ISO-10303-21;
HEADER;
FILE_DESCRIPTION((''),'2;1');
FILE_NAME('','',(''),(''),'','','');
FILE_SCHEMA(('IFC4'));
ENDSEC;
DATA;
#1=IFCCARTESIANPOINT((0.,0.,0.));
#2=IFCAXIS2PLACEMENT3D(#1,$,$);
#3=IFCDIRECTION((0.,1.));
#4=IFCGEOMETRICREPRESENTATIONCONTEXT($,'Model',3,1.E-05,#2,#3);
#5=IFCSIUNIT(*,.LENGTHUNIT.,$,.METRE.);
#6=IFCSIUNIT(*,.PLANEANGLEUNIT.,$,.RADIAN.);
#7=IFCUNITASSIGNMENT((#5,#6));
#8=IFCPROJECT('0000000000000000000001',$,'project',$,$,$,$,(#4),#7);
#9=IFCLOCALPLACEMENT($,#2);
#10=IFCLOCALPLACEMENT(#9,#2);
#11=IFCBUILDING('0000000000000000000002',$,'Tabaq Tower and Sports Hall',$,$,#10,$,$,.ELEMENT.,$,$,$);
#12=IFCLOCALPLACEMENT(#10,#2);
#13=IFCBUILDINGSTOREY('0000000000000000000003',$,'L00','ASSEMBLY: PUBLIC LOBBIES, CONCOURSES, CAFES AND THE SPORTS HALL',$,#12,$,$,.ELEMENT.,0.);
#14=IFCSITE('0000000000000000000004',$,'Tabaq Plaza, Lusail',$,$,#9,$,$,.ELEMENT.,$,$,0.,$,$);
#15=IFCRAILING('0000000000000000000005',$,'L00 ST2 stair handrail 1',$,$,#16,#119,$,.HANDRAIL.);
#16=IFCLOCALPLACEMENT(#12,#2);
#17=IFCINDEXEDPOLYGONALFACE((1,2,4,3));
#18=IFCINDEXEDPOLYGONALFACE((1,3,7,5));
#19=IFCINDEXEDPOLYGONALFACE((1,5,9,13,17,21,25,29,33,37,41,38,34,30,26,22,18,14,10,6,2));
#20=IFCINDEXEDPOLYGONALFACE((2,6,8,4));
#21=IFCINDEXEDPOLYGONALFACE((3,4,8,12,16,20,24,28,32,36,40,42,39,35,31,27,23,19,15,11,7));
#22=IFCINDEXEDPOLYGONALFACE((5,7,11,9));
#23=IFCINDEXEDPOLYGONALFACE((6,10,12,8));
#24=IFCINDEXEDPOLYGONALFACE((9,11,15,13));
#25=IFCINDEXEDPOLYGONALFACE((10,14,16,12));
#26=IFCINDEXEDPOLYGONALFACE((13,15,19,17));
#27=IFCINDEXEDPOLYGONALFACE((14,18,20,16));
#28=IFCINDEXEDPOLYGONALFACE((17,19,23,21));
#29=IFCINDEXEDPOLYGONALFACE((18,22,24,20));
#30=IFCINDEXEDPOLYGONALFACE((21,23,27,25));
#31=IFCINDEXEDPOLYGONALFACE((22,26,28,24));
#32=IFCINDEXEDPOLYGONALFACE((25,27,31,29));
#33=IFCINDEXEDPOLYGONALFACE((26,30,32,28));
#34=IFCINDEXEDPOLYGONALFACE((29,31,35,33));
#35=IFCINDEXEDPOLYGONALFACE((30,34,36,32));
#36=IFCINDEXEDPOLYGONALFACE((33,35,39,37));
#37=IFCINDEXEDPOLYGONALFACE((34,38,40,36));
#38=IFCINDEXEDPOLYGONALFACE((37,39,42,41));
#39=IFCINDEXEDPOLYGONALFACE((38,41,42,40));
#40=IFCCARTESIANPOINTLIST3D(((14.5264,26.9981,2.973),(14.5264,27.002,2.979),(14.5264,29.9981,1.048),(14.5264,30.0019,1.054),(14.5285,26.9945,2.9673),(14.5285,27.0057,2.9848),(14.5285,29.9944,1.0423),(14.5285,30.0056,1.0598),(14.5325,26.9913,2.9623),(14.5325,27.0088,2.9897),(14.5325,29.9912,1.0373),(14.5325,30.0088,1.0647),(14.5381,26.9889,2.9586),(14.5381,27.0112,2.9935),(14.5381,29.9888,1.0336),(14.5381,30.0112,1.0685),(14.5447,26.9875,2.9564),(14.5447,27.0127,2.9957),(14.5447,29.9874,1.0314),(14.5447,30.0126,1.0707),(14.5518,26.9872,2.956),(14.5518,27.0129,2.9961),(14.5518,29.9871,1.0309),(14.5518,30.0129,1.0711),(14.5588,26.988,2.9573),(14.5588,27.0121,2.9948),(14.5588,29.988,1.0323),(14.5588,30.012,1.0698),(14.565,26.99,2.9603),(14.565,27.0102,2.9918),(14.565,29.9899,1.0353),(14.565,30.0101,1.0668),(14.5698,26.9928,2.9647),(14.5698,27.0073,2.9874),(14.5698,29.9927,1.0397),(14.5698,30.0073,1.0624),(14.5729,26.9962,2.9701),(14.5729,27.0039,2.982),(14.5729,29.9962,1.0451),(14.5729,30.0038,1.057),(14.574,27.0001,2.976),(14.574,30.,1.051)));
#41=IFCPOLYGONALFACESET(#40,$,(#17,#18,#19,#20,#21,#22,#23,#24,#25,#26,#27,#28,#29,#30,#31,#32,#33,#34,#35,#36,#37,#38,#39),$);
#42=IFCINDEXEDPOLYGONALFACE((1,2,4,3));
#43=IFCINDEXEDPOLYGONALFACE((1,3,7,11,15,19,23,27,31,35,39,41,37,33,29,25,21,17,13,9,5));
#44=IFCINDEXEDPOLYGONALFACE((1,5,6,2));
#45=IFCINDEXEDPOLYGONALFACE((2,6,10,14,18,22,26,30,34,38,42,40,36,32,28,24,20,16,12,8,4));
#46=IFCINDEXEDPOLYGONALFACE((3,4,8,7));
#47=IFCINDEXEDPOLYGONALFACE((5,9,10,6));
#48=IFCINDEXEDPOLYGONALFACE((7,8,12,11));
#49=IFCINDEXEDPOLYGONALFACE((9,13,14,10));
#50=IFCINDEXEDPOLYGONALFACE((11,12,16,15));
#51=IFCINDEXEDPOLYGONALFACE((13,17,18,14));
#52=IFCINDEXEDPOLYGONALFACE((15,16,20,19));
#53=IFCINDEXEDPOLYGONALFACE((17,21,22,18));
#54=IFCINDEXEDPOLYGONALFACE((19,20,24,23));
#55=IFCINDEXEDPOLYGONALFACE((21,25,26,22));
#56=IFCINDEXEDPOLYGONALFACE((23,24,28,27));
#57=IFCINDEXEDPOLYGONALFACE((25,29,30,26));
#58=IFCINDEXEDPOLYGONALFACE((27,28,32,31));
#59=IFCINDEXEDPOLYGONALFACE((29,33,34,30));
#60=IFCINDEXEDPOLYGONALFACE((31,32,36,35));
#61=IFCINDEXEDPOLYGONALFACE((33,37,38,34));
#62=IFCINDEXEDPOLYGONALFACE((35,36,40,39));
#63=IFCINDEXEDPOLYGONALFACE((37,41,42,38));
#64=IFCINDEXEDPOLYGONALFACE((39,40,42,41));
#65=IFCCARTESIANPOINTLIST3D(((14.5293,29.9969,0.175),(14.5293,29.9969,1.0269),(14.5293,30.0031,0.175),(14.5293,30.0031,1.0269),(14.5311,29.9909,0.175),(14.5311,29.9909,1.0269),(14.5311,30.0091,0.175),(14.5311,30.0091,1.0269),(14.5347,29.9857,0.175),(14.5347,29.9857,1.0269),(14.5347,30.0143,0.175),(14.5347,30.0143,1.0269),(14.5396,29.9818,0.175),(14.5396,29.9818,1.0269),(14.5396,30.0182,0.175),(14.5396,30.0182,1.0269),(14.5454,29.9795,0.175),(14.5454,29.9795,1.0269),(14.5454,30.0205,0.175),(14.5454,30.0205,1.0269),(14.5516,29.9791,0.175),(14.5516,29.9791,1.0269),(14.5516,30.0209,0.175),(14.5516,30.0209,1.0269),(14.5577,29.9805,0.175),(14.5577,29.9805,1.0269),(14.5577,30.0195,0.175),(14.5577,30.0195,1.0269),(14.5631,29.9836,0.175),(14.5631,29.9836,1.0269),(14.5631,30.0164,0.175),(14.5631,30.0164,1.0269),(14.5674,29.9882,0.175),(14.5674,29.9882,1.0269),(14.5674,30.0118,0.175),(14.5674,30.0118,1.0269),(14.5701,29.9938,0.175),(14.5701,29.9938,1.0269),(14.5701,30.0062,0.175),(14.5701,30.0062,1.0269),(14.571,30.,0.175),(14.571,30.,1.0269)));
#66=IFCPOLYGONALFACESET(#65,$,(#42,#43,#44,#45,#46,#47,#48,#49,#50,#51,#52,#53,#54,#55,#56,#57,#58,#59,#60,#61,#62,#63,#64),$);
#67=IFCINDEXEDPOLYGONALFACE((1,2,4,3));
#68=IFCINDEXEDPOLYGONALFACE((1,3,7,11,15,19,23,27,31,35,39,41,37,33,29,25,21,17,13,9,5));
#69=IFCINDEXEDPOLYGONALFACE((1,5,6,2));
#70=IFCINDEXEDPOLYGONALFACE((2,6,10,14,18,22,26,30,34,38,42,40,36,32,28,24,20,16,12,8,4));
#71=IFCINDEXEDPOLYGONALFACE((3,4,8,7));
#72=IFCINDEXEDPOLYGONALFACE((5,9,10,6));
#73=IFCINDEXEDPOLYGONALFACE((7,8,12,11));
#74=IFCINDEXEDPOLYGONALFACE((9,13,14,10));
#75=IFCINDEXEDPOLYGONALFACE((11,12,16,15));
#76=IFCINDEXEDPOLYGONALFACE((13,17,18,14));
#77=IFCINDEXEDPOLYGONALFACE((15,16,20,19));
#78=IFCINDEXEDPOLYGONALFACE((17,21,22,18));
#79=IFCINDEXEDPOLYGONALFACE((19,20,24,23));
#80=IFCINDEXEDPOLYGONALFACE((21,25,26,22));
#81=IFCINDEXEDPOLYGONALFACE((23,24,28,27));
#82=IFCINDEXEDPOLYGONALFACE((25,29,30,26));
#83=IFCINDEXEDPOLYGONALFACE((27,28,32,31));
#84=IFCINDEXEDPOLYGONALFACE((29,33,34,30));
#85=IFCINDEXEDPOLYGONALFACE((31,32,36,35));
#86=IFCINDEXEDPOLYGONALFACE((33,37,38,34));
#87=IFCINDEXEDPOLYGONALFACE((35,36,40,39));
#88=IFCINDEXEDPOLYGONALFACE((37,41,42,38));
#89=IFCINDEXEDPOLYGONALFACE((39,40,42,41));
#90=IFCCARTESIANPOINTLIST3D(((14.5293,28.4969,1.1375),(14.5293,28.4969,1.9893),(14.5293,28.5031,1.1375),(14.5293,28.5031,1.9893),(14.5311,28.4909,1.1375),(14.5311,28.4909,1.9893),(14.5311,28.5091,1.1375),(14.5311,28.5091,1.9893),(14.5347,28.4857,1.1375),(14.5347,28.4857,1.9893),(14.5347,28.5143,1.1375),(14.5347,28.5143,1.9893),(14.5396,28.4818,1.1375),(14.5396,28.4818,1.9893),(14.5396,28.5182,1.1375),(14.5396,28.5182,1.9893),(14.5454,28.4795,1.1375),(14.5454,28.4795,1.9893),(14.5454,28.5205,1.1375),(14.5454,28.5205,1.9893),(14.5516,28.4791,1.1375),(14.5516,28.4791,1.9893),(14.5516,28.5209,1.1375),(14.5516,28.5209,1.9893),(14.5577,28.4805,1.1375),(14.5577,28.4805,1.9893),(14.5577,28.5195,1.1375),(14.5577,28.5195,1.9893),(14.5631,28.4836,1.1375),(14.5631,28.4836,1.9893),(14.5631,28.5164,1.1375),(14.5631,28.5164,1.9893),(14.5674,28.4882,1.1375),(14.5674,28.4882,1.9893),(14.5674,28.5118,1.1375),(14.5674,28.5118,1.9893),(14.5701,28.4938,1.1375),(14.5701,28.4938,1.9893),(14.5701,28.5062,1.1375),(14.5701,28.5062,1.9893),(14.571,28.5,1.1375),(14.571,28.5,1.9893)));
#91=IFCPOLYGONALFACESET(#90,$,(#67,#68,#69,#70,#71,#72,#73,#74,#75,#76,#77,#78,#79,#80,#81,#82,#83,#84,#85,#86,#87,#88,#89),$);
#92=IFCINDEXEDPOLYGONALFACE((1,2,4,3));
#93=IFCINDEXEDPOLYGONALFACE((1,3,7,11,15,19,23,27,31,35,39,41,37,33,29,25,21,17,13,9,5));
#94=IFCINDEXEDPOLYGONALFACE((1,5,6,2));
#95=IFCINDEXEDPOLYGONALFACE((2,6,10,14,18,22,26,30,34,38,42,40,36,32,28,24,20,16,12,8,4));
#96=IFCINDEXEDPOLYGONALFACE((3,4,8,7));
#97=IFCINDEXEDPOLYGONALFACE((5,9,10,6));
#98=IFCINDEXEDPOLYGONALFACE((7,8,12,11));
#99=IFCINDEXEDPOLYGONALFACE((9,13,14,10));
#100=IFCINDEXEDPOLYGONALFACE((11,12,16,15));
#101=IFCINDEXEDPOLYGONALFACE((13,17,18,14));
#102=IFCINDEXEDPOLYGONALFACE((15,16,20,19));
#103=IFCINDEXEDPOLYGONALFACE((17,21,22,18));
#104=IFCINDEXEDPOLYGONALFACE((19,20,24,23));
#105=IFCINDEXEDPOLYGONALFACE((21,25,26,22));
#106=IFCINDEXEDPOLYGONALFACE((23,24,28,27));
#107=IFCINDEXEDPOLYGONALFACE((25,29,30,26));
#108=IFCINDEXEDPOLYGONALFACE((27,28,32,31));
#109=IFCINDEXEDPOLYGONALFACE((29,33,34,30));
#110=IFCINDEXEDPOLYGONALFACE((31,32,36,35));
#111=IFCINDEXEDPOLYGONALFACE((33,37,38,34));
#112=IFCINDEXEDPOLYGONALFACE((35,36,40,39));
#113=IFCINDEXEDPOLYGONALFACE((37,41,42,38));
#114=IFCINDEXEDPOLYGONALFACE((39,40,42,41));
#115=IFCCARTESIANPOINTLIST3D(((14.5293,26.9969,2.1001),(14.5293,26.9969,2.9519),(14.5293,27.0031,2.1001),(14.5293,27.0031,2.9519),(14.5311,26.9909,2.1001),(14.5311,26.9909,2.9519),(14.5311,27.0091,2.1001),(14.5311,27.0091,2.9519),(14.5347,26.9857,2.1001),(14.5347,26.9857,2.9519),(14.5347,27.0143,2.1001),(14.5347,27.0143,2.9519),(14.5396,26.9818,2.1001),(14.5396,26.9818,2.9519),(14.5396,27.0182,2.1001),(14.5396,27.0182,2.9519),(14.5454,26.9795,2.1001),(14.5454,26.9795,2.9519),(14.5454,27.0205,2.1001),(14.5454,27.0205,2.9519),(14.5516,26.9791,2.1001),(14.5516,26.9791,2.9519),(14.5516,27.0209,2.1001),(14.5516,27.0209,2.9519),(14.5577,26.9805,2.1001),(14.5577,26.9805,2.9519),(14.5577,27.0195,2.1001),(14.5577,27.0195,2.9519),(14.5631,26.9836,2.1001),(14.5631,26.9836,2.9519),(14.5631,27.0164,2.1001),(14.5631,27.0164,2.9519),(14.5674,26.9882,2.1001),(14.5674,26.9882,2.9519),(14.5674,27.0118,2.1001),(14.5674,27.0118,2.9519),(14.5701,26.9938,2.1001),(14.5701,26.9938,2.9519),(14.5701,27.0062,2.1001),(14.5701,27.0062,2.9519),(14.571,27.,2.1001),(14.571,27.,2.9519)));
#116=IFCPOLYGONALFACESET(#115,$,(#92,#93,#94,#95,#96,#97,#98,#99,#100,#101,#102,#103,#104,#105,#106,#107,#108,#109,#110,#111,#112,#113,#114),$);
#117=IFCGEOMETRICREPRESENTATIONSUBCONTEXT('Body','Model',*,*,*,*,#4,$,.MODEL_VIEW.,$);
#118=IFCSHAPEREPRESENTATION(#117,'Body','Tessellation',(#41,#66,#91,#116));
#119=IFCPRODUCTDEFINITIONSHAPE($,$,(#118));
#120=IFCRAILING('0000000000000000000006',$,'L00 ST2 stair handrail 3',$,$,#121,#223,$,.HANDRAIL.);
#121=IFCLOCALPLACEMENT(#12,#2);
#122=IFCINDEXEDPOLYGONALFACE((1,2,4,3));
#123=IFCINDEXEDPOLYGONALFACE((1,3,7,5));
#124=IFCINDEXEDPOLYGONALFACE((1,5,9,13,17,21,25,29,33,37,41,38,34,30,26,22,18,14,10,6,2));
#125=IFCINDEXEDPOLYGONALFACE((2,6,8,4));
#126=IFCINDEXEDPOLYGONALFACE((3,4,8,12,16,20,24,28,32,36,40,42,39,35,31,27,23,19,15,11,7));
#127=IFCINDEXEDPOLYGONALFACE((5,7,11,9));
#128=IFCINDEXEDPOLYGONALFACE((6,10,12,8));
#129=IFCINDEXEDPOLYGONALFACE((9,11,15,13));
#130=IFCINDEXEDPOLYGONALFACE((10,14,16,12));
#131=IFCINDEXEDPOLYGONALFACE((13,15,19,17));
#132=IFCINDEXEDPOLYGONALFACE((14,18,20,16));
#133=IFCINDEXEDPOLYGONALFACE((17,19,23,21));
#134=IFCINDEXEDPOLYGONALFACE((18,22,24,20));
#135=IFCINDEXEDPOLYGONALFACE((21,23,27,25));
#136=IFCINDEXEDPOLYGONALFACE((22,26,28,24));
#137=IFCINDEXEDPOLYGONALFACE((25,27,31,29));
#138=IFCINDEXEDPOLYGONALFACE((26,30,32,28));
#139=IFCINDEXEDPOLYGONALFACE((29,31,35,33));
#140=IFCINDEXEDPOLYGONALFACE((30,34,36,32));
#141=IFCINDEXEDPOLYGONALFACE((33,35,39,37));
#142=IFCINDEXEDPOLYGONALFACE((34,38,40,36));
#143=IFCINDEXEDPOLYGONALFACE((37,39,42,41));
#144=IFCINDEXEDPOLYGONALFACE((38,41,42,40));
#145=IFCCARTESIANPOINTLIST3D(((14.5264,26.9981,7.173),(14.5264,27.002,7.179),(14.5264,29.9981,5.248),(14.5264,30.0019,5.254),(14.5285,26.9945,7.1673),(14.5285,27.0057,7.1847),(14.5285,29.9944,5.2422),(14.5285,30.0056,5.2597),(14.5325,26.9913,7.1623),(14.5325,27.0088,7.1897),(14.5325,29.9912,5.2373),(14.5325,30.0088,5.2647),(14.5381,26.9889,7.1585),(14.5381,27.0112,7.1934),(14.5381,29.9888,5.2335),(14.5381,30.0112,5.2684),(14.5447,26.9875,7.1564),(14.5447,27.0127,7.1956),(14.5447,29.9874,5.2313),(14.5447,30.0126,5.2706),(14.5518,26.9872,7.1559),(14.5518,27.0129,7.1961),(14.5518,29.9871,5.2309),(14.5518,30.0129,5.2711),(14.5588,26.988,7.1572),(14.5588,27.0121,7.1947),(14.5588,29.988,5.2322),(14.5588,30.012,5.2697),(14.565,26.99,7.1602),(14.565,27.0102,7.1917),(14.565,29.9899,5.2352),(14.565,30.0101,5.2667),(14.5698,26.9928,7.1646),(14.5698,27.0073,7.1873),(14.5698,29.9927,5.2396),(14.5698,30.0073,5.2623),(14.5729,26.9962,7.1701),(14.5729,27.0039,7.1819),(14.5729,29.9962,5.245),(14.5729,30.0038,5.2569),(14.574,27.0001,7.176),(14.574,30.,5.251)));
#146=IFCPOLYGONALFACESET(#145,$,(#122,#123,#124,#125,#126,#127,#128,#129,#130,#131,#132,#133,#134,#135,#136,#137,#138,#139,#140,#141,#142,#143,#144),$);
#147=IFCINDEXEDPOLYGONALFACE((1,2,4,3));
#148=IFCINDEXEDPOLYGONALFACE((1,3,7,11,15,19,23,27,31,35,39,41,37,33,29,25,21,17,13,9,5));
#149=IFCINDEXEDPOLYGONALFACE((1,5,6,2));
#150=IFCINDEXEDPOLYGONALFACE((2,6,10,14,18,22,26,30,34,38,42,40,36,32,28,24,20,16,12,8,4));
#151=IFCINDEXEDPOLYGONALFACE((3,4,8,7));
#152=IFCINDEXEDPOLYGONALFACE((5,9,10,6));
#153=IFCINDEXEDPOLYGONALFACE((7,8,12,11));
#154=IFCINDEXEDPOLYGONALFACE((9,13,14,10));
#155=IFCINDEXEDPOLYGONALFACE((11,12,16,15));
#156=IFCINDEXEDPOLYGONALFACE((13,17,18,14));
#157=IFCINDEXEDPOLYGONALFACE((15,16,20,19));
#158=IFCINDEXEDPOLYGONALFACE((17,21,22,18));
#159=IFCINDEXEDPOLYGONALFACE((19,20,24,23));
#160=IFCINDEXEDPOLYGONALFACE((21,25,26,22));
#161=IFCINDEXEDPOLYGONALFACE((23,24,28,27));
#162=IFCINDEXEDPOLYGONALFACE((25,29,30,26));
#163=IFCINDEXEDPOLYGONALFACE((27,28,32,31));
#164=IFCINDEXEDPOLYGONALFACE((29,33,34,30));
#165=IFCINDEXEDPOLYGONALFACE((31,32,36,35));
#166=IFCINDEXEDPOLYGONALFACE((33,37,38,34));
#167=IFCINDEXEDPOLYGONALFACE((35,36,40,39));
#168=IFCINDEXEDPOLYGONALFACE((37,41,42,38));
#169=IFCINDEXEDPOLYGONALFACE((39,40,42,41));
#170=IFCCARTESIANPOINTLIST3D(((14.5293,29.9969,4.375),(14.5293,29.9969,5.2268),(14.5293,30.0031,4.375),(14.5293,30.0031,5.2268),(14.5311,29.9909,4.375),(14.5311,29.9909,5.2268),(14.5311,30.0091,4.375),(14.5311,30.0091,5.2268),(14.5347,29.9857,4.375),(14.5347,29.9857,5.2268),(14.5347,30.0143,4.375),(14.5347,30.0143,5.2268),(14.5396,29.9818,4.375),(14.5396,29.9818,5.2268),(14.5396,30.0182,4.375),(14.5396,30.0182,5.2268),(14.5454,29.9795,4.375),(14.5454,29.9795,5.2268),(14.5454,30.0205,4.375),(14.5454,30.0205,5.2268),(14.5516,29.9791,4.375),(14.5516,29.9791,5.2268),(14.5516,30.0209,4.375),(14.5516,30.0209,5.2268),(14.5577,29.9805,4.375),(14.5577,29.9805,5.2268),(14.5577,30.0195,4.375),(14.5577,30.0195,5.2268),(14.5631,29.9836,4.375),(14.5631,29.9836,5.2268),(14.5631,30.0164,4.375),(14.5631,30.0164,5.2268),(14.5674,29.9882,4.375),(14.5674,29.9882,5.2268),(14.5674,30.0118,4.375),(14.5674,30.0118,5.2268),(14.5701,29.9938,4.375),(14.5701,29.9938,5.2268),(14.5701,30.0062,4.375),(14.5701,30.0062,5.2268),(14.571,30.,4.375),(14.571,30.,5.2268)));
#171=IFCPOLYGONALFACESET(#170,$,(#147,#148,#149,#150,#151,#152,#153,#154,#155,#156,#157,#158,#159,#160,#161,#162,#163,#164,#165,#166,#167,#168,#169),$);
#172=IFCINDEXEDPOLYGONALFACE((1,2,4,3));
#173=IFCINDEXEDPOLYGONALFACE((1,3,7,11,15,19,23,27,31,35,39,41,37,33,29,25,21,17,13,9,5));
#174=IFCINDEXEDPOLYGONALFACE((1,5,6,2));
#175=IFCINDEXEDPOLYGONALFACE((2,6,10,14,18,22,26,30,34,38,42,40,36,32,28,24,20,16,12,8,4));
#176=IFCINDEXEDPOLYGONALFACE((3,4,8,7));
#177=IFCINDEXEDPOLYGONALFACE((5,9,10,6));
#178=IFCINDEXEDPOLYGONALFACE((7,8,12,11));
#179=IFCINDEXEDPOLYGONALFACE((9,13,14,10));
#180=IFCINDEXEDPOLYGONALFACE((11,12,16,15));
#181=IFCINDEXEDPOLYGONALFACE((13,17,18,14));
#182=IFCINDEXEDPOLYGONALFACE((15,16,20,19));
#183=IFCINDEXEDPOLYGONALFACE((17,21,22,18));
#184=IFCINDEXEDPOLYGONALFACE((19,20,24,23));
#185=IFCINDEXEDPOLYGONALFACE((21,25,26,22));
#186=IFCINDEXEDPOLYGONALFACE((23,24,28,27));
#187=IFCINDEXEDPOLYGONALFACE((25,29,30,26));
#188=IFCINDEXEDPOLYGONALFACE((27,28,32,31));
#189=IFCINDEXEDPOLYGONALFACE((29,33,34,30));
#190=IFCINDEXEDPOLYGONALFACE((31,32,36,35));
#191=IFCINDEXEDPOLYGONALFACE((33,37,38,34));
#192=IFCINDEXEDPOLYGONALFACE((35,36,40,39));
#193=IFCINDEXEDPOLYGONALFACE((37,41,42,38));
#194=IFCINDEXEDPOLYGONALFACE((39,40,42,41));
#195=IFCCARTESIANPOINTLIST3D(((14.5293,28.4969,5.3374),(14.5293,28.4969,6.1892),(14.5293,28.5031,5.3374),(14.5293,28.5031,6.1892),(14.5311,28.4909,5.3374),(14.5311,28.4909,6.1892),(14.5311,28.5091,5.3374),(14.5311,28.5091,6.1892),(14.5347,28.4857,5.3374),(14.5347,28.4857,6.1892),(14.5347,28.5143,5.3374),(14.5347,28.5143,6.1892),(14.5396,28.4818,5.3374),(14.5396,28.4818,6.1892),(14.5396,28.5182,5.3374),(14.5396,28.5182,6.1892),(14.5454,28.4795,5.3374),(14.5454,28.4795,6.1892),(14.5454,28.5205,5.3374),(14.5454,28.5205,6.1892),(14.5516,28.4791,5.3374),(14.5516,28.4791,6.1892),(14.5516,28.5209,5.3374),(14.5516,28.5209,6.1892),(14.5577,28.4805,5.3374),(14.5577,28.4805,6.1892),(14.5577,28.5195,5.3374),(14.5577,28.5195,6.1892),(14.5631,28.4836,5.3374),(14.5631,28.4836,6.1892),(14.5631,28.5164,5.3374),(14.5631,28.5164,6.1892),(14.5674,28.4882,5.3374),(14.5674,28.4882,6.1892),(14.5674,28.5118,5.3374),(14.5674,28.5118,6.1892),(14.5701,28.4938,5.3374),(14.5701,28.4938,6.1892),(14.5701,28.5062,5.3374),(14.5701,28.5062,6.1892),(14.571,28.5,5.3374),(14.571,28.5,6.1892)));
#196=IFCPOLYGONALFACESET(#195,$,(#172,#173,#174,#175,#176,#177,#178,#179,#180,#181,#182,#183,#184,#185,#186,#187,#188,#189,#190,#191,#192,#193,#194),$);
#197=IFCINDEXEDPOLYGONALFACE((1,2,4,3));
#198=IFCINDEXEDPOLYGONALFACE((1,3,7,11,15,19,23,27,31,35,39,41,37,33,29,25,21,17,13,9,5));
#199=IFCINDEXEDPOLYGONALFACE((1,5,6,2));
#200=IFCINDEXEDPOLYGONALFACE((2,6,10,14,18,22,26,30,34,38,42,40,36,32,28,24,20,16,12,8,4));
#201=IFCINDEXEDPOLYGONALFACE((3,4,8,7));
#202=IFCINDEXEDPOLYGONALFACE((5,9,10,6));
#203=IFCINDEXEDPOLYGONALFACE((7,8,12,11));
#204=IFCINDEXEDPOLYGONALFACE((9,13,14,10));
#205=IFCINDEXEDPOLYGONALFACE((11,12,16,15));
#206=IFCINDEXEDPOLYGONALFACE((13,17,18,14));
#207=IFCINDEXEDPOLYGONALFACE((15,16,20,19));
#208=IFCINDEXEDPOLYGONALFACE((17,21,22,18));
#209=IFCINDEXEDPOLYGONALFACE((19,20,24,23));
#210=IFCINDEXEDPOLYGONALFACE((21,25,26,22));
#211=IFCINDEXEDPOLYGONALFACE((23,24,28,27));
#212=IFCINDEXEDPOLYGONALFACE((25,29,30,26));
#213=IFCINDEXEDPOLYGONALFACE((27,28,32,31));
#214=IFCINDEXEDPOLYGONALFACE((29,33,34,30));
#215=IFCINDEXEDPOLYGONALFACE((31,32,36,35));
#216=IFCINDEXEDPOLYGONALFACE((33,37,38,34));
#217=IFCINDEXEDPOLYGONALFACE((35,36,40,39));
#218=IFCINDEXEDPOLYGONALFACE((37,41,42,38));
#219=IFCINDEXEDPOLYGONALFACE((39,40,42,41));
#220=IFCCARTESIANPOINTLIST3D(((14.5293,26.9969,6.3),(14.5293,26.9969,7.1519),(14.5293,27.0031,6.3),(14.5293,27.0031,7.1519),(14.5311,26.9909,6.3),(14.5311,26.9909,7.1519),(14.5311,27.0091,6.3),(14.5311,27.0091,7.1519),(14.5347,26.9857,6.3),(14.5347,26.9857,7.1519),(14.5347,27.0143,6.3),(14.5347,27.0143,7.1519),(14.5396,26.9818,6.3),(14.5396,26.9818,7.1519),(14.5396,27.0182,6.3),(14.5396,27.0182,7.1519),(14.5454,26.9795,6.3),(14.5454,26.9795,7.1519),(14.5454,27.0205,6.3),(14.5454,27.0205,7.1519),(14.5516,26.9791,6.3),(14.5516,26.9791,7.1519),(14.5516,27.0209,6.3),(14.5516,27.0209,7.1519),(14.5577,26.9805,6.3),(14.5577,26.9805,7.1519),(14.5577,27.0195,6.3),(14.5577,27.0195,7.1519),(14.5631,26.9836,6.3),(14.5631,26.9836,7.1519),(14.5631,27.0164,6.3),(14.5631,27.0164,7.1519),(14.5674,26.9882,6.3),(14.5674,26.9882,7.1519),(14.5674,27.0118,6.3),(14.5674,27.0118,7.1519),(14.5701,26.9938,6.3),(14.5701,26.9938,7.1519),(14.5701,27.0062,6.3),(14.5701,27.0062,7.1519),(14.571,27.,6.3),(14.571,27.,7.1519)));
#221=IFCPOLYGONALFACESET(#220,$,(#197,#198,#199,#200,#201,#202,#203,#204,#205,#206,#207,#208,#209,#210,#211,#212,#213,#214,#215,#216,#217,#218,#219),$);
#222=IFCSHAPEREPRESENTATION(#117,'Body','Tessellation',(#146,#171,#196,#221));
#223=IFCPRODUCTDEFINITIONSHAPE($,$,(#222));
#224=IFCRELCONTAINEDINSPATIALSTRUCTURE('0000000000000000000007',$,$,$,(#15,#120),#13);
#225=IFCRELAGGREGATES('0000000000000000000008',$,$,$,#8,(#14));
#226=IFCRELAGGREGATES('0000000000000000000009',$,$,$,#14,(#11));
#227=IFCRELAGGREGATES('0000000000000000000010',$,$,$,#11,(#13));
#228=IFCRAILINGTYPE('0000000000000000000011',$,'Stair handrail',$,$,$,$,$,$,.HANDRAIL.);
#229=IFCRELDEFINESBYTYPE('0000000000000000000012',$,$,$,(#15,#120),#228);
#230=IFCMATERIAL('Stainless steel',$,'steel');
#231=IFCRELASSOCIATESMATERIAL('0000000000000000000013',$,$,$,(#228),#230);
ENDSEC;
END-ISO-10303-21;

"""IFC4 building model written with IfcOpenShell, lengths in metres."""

from ifc_helpers import new_model, si_unit, direction, frame, origin, origin_2d, place, context, subcontext, project, spatial, circle, extrude, material, type_object, element, save


model = new_model("IFC4")

# Units and contexts
model_context = context("Model", 3, precision=1e-05, world=origin(), true_north=direction((0.0, 1.0)))
body_context = subcontext(model_context, "Body", "Model", "MODEL_VIEW")
ifc_project = project(units=[si_unit("LENGTHUNIT", "METRE"), si_unit("PLANEANGLEUNIT", "RADIAN")], contexts=[model_context])

# Site, building, storey
site_placement = place(None, origin())
site = spatial("IfcSite", under=ifc_project, at=site_placement, Name="Tabaq Plaza, Lusail", CompositionType="ELEMENT", RefElevation=0.0)
building_placement = place(site_placement, origin())
building = spatial("IfcBuilding", under=site, at=building_placement, Name="Tabaq Tower and Sports Hall", CompositionType="ELEMENT")
storey_placement = place(building_placement, origin())
storey = spatial("IfcBuildingStorey", under=building, at=storey_placement, Name="L00", Description="ASSEMBLY: PUBLIC LOBBIES, CONCOURSES, CAFES AND THE SPORTS HALL", CompositionType="ELEMENT", Elevation=0.0)

# Railings
ifc_material_1 = material(Name="Stainless steel", Category="steel")
railing_type_1 = type_object("IfcRailingType", Name="Stair handrail", PredefinedType="HANDRAIL", material=ifc_material_1)
for number, where, name in (
    (1, (14.55, 30.0, 0.175), "L00 ST2 stair handrail 1"),
    (2, (14.55, 30.0, 4.375), "L00 ST2 stair handrail 3"),
):
    element("IfcRailing", number, at=place(storey_placement, frame(where)), inside=storey, type_object=railing_type_1, Name=name, PredefinedType="HANDRAIL", context=body_context, shape_type="SweptSolid", body=[
        extrude(circle(Radius=0.0239, at=origin_2d()), frame((0.0, 0.0, 0.876), z_axis=(0.0, -0.841628, 0.540058), x_axis=(1.0, 0.0, 0.0)), (0.0, 0.0, 1.0), 3.5645),
        extrude(circle(Radius=0.021, at=origin_2d()), origin(), (0.0, 0.0, 1.0), 0.8518),
        extrude(circle(Radius=0.021, at=origin_2d()), frame((0.0, -1.5, 0.9624)), (0.0, 0.0, 1.0), 0.8518),
        extrude(circle(Radius=0.021, at=origin_2d()), frame((0.0, -3.0, 1.925)), (0.0, 0.0, 1.0), 0.8518),
    ])

save(model, "model.ifc")
